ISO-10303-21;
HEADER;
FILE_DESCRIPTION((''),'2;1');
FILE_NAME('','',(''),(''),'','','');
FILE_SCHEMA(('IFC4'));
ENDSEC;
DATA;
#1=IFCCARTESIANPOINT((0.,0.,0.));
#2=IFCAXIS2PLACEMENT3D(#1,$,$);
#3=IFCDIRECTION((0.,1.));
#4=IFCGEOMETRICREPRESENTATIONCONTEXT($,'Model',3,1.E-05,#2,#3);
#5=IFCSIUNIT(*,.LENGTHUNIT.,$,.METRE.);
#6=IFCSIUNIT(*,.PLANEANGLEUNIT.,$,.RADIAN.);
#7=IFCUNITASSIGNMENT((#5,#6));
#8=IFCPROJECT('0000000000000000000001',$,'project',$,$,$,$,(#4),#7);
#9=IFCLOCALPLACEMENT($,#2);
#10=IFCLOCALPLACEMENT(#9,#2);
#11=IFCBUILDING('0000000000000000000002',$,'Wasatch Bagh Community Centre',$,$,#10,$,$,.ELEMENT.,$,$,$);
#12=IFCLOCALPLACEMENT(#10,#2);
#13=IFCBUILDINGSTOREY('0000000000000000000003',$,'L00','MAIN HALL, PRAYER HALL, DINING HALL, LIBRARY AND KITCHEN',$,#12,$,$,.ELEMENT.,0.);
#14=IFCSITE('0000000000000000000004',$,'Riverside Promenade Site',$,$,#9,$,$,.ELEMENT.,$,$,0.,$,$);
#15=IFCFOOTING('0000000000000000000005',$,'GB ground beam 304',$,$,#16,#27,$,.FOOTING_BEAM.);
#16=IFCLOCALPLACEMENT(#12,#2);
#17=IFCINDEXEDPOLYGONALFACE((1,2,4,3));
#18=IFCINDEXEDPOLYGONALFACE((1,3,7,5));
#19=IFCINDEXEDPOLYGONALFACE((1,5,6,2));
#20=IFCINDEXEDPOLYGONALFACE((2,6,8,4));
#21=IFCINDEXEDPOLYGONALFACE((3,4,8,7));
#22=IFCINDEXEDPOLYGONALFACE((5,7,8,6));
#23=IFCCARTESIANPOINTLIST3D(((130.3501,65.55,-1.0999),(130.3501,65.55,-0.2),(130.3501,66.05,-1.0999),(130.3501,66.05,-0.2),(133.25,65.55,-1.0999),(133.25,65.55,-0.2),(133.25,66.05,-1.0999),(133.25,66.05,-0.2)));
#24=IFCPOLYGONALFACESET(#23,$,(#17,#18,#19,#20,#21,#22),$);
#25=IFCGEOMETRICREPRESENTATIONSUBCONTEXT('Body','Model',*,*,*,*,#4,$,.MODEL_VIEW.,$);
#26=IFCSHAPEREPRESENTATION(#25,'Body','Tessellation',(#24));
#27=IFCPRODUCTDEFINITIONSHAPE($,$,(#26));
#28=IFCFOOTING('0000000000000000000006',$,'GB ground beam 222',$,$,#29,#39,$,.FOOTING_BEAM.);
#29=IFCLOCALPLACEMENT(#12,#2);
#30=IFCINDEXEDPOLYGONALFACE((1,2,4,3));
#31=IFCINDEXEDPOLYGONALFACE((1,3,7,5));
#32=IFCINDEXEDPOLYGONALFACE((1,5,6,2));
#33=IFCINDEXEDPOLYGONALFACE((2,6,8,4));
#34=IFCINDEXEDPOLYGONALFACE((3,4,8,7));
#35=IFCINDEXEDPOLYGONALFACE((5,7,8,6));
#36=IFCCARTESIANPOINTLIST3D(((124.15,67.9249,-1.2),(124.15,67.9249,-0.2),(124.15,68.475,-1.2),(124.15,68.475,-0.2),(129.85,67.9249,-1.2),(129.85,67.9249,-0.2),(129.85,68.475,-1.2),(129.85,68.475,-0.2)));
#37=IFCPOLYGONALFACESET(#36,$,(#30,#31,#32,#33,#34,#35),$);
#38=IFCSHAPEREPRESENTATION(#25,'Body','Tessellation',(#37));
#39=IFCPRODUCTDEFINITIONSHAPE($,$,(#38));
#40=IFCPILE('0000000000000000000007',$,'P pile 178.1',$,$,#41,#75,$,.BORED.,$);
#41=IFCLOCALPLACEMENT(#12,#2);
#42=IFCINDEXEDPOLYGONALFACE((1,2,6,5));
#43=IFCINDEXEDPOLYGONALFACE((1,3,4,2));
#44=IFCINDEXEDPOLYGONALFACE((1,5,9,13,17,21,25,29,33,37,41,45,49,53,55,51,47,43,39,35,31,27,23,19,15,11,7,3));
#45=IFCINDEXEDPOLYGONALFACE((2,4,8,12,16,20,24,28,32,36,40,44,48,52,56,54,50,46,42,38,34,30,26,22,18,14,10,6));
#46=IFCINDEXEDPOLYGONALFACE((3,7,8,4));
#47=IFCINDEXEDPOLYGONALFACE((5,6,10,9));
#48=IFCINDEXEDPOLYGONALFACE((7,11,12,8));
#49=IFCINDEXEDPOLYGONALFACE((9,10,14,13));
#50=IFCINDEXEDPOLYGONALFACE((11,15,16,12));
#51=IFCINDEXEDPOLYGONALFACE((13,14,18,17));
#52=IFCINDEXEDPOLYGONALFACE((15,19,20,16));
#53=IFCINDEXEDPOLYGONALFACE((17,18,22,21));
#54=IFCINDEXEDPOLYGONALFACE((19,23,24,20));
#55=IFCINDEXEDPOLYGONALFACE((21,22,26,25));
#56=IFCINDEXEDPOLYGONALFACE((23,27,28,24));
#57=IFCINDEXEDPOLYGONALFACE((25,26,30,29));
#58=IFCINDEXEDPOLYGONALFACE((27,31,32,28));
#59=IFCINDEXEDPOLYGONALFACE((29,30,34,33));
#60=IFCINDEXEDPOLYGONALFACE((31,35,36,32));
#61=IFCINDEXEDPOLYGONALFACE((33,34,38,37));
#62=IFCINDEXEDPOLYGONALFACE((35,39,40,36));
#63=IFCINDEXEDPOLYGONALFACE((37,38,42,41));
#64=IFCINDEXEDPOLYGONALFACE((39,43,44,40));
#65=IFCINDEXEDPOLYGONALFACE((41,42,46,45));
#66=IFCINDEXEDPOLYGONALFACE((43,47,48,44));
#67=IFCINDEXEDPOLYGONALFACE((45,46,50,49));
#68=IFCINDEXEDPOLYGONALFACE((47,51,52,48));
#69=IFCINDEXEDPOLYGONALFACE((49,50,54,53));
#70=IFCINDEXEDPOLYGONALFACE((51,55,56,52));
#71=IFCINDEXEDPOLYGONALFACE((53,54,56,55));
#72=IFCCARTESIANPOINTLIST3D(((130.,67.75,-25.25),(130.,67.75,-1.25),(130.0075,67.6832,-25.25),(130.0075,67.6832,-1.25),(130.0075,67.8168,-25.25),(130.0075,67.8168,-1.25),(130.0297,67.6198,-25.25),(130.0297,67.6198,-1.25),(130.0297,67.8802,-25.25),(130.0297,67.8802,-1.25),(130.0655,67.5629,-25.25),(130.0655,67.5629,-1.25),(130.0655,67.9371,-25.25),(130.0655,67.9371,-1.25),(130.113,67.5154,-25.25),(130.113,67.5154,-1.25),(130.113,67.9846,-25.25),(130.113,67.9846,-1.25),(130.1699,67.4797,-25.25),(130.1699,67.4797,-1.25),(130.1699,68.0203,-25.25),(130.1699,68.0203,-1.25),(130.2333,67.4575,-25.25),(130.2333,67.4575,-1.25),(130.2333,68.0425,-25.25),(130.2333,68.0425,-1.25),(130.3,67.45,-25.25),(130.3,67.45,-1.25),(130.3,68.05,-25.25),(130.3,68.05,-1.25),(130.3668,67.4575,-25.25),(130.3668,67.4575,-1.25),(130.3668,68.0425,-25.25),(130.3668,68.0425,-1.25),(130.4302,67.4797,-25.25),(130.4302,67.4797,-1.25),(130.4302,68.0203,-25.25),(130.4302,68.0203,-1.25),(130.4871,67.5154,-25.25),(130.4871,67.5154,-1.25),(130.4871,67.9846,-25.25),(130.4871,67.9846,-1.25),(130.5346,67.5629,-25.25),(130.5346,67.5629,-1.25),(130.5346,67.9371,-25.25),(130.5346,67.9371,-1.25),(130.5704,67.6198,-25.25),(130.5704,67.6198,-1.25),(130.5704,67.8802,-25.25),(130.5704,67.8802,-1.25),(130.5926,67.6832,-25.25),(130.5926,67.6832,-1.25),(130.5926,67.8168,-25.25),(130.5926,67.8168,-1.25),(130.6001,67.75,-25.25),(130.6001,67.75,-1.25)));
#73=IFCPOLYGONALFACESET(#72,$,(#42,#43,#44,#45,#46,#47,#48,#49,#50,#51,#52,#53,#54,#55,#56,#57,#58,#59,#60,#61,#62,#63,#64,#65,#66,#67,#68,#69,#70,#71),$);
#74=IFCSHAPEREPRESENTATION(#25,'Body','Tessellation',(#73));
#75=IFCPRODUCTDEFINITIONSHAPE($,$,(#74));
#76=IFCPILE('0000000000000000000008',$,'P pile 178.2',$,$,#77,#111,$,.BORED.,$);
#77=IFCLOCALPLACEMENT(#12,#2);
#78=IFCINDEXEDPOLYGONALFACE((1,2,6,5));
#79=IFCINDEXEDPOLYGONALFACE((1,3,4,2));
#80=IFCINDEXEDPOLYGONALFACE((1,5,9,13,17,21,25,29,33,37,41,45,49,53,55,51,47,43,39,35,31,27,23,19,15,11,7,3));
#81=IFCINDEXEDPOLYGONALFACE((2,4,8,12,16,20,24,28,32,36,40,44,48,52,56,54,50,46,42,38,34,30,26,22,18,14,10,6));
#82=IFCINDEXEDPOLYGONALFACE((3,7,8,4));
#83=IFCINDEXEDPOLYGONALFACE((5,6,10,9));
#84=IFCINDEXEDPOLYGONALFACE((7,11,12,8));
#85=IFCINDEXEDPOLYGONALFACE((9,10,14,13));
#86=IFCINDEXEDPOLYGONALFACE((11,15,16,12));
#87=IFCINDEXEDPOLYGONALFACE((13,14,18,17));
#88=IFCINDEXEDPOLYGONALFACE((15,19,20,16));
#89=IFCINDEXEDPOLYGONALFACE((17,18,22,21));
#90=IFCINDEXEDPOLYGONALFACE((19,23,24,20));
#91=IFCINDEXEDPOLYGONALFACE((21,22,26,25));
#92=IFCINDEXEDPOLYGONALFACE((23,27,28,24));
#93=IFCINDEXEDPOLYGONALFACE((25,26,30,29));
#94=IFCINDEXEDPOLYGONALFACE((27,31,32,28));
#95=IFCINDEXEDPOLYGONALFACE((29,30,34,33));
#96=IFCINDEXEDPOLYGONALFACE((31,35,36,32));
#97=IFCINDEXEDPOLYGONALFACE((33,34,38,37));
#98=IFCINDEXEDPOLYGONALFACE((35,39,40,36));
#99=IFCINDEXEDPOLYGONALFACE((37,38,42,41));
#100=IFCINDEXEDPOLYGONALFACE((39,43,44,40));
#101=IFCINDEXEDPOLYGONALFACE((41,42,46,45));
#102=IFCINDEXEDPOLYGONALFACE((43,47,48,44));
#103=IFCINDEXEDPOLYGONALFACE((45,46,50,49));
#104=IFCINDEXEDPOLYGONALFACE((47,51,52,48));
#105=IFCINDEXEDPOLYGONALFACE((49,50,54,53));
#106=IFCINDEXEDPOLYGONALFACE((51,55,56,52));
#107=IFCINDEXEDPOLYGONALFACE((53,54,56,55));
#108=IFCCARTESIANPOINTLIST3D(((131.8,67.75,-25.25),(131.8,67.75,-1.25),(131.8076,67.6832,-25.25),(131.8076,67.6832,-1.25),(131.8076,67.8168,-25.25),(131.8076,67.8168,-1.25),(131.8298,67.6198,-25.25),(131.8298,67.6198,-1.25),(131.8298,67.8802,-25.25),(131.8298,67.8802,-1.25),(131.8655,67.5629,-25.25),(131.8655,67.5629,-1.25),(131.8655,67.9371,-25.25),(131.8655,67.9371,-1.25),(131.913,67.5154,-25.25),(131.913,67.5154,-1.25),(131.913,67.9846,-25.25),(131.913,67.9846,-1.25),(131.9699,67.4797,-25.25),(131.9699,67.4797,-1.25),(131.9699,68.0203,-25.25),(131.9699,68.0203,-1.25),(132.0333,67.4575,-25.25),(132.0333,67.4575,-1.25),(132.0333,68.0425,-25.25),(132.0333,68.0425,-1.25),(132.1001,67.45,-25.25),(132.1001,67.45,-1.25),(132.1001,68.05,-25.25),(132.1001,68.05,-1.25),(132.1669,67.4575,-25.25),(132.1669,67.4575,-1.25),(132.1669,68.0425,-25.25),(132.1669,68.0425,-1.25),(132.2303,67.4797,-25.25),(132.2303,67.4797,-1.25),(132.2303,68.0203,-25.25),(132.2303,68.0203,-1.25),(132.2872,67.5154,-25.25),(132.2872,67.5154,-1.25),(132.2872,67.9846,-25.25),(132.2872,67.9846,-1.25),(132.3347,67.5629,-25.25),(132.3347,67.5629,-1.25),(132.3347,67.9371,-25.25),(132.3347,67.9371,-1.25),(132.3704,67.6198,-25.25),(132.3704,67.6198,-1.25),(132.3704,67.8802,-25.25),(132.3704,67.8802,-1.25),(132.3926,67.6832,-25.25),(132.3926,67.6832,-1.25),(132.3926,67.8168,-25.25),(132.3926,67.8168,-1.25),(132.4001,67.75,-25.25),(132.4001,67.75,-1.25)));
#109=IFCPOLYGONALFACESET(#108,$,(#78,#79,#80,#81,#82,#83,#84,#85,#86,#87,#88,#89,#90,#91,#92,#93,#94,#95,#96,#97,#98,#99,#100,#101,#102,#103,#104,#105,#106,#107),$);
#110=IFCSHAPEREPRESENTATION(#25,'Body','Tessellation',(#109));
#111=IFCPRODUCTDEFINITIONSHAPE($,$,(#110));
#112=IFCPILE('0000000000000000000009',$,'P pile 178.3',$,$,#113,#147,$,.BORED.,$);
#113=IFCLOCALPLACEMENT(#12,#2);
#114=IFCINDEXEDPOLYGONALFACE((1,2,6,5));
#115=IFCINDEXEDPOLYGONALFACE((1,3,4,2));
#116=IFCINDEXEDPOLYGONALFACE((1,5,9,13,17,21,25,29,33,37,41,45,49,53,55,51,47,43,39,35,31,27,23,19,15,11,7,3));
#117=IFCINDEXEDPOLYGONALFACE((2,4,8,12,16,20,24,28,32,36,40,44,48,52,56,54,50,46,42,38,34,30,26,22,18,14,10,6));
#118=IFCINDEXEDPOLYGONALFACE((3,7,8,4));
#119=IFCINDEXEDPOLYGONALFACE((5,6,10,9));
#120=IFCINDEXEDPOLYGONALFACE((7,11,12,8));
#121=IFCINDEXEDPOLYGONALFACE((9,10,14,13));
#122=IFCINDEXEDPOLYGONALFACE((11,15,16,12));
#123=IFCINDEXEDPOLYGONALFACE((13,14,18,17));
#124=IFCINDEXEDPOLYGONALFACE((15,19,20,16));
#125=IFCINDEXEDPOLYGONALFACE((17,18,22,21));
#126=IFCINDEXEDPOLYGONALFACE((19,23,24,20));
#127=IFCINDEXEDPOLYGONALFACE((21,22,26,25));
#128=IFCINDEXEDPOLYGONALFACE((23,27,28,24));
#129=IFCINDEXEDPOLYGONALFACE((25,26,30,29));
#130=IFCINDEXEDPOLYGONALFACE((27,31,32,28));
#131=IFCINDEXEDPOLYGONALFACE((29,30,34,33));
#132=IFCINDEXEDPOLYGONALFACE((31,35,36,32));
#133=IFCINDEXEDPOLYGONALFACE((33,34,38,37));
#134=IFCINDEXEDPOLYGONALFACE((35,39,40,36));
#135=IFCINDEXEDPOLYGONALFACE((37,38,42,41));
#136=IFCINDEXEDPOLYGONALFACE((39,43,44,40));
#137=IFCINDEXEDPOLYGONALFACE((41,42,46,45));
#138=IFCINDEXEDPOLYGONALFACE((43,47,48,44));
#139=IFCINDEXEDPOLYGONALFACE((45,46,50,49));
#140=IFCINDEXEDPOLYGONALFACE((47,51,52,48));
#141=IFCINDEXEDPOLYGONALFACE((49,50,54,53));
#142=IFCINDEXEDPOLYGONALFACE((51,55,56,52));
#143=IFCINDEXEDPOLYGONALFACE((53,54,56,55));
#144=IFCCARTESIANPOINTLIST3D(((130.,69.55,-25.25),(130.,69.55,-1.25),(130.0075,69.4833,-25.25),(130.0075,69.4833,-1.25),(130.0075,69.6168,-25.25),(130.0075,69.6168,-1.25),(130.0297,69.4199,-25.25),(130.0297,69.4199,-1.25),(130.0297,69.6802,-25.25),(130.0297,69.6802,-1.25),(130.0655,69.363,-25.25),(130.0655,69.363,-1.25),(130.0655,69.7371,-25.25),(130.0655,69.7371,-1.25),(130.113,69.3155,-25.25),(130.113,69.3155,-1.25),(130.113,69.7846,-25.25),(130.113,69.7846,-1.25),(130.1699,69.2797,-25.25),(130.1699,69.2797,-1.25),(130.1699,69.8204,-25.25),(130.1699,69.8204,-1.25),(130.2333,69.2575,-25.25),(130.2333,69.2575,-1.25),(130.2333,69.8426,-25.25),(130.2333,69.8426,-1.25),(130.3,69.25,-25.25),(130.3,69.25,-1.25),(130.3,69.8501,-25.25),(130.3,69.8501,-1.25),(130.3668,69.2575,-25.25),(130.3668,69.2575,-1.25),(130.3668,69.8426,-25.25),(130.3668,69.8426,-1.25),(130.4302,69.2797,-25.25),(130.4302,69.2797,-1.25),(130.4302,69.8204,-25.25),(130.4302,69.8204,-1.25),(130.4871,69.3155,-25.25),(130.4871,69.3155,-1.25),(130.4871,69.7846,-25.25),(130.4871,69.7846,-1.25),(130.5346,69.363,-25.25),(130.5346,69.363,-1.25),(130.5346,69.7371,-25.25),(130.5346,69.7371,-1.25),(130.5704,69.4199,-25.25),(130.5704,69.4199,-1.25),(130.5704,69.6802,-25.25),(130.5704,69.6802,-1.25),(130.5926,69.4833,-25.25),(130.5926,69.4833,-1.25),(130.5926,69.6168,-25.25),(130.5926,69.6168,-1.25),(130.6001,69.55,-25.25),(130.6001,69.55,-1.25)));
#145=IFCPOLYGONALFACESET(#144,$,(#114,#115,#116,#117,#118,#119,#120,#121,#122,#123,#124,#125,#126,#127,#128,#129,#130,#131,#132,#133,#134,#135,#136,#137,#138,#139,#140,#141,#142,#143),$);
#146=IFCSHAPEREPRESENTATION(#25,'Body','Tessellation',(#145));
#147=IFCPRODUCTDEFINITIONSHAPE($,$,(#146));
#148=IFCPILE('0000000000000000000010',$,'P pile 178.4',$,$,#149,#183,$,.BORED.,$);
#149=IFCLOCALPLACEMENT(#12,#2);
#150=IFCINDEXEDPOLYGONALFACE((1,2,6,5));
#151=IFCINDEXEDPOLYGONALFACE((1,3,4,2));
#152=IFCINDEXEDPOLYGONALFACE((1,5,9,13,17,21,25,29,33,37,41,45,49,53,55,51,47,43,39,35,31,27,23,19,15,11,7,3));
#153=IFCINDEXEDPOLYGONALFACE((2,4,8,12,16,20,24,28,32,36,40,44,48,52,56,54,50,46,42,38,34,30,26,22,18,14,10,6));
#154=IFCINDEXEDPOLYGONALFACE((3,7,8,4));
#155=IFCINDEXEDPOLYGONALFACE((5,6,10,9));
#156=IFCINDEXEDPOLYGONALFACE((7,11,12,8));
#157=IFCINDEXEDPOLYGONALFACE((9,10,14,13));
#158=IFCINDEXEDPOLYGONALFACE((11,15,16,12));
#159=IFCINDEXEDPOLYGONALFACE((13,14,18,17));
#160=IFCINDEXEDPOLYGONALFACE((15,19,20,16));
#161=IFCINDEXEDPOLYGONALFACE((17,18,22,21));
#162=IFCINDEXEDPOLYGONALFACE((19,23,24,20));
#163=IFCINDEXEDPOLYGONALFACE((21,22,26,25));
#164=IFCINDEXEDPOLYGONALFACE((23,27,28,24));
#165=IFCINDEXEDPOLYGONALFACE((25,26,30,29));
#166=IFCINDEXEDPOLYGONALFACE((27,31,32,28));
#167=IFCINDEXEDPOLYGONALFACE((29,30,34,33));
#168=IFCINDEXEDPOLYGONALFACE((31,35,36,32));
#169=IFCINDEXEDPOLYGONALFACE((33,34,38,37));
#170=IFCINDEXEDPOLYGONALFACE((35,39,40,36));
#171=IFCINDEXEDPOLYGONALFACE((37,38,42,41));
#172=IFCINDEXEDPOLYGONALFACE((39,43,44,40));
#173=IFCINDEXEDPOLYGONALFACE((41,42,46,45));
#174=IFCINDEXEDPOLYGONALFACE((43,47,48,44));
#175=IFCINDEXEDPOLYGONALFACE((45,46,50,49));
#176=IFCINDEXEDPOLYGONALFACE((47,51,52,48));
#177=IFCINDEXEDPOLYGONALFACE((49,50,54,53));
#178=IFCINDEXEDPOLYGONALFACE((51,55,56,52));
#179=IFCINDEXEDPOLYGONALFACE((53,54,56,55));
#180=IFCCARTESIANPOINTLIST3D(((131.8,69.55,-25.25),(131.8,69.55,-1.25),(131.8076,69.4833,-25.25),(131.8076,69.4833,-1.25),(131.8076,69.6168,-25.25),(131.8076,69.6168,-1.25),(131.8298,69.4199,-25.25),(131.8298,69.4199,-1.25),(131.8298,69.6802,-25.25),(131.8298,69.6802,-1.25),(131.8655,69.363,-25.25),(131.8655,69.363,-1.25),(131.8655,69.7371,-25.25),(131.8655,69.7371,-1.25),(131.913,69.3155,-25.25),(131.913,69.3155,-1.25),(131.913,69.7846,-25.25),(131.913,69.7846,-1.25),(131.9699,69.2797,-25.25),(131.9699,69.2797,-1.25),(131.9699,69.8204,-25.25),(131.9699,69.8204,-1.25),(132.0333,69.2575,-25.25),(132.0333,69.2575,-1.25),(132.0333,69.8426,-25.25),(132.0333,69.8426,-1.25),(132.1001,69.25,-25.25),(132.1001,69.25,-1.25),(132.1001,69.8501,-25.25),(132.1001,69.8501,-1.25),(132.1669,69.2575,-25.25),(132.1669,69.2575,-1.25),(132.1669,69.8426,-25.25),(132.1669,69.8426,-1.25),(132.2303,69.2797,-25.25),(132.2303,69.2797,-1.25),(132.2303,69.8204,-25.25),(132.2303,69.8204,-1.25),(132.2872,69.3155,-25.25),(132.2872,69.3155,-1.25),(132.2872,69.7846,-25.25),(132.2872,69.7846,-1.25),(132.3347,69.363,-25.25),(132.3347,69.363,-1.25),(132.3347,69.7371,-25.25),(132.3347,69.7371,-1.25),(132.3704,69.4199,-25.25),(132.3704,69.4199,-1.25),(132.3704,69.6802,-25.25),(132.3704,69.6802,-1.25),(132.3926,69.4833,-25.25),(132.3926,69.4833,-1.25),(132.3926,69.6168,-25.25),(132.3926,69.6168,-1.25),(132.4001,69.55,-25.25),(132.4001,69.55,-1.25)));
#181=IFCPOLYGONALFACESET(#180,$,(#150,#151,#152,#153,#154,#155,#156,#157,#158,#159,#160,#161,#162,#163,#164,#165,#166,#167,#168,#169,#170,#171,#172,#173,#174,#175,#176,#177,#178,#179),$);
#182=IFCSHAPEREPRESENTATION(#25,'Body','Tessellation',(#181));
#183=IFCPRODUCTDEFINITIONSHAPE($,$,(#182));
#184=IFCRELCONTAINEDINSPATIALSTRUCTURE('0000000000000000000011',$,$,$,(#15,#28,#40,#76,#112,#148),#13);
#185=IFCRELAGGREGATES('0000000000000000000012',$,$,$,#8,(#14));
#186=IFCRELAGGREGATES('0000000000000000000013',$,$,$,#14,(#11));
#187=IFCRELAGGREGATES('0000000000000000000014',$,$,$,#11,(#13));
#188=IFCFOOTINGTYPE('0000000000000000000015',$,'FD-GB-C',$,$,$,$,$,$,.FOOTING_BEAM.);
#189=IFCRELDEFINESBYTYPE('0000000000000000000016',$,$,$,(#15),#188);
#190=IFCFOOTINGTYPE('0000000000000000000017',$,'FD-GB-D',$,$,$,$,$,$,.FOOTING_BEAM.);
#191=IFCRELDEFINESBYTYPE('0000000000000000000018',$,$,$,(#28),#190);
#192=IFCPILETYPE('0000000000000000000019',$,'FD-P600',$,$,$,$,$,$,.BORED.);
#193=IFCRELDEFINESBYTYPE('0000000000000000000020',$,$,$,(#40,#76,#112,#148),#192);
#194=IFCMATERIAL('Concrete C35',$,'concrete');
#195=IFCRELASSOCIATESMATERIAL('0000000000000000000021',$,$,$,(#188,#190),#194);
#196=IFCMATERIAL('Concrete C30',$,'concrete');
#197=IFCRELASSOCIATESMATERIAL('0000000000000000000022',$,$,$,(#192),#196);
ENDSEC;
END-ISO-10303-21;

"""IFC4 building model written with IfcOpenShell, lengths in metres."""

from ifc_helpers import new_model, si_unit, direction, frame, origin, origin_2d, place, context, subcontext, project, spatial, rectangle, circle, extrude, material, material_profile, profile_set, type_object, element, save


model = new_model("IFC4")

# Units and contexts
model_context = context("Model", 3, precision=1e-05, world=origin(), true_north=direction((0.0, 1.0)))
body_context = subcontext(model_context, "Body", "Model", "MODEL_VIEW")
ifc_project = project(units=[si_unit("LENGTHUNIT", "METRE"), si_unit("PLANEANGLEUNIT", "RADIAN")], contexts=[model_context])

# Site, building, storey
site_placement = place(None, origin())
site = spatial("IfcSite", under=ifc_project, at=site_placement, Name="Riverside Promenade Site", CompositionType="ELEMENT", RefElevation=0.0)
building_placement = place(site_placement, origin())
building = spatial("IfcBuilding", under=site, at=building_placement, Name="Wasatch Bagh Community Centre", CompositionType="ELEMENT")
storey_placement = place(building_placement, origin())
storey = spatial("IfcBuildingStorey", under=building, at=storey_placement, Name="L00", Description="MAIN HALL, PRAYER HALL, DINING HALL, LIBRARY AND KITCHEN", CompositionType="ELEMENT", Elevation=0.0)

# Footings
ifc_material_1 = material(Name="Concrete C35", Category="concrete")
footing_type_1 = type_object("IfcFootingType", Name="FD-GB-C", PredefinedType="FOOTING_BEAM", material=ifc_material_1)
footing_1_placement = place(storey_placement, frame((131.8, 65.8, -1.0999), z_axis=(0.0, 0.0, 1.0), x_axis=(1.0, 0.0, 0.0)))
element("IfcFooting", 1, at=footing_1_placement, inside=storey, type_object=footing_type_1, Name="GB ground beam 304", PredefinedType="FOOTING_BEAM", context=body_context, shape_type="SweptSolid", body=[
    extrude(rectangle(XDim=2.8999, YDim=0.5, at=origin_2d()), origin(), (0.0, 0.0, 1.0), 0.8999),
])
footing_type_2 = type_object("IfcFootingType", Name="FD-GB-D", PredefinedType="FOOTING_BEAM", material=ifc_material_1)
footing_2_placement = place(storey_placement, frame((127.0, 68.2, -1.2), z_axis=(0.0, 0.0, 1.0), x_axis=(1.0, 0.0, 0.0)))
element("IfcFooting", 2, at=footing_2_placement, inside=storey, type_object=footing_type_2, Name="GB ground beam 222", PredefinedType="FOOTING_BEAM", context=body_context, shape_type="SweptSolid", body=[
    extrude(rectangle(XDim=5.7, YDim=0.55, at=origin_2d()), origin(), (0.0, 0.0, 1.0), 1.0),
])

# Piles
ifc_material_2 = material(Name="Concrete C30", Category="concrete")
ifc_material_profile_1 = material_profile(ifc_material_2, circle(Radius=0.3, at=origin_2d()), Name="RC D600")
ifc_profile_set_1 = profile_set([ifc_material_profile_1], Name="Concrete C30")
pile_type = type_object("IfcPileType", Name="FD-P600", PredefinedType="BORED", material=ifc_profile_set_1)
for number, where, z_axis, x_axis, name in (
    (3, (130.3, 67.75, -1.25), (0.0, 0.0, -1.0), (1.0, 0.0, 0.0), "P pile 178.1"),
    (4, (132.1001, 67.75, -1.25), (0.0, 0.0, -1.0), (1.0, 0.0, 0.0), "P pile 178.2"),
    (5, (130.3, 69.55, -1.25), (0.0, 0.0, -1.0), (1.0, 0.0, 0.0), "P pile 178.3"),
    (6, (132.1001, 69.55, -1.25), (0.0, 0.0, -1.0), (1.0, 0.0, 0.0), "P pile 178.4"),
):
    element("IfcPile", number, at=place(storey_placement, frame(where, z_axis=z_axis, x_axis=x_axis)), inside=storey, type_object=pile_type, Name=name, PredefinedType="BORED", context=body_context, shape_type="SweptSolid", body=[
        extrude(circle(Radius=0.3, at=origin_2d()), origin(), (0.0, 0.0, 1.0), 24.0),
    ])

save(model, "model.ifc")
